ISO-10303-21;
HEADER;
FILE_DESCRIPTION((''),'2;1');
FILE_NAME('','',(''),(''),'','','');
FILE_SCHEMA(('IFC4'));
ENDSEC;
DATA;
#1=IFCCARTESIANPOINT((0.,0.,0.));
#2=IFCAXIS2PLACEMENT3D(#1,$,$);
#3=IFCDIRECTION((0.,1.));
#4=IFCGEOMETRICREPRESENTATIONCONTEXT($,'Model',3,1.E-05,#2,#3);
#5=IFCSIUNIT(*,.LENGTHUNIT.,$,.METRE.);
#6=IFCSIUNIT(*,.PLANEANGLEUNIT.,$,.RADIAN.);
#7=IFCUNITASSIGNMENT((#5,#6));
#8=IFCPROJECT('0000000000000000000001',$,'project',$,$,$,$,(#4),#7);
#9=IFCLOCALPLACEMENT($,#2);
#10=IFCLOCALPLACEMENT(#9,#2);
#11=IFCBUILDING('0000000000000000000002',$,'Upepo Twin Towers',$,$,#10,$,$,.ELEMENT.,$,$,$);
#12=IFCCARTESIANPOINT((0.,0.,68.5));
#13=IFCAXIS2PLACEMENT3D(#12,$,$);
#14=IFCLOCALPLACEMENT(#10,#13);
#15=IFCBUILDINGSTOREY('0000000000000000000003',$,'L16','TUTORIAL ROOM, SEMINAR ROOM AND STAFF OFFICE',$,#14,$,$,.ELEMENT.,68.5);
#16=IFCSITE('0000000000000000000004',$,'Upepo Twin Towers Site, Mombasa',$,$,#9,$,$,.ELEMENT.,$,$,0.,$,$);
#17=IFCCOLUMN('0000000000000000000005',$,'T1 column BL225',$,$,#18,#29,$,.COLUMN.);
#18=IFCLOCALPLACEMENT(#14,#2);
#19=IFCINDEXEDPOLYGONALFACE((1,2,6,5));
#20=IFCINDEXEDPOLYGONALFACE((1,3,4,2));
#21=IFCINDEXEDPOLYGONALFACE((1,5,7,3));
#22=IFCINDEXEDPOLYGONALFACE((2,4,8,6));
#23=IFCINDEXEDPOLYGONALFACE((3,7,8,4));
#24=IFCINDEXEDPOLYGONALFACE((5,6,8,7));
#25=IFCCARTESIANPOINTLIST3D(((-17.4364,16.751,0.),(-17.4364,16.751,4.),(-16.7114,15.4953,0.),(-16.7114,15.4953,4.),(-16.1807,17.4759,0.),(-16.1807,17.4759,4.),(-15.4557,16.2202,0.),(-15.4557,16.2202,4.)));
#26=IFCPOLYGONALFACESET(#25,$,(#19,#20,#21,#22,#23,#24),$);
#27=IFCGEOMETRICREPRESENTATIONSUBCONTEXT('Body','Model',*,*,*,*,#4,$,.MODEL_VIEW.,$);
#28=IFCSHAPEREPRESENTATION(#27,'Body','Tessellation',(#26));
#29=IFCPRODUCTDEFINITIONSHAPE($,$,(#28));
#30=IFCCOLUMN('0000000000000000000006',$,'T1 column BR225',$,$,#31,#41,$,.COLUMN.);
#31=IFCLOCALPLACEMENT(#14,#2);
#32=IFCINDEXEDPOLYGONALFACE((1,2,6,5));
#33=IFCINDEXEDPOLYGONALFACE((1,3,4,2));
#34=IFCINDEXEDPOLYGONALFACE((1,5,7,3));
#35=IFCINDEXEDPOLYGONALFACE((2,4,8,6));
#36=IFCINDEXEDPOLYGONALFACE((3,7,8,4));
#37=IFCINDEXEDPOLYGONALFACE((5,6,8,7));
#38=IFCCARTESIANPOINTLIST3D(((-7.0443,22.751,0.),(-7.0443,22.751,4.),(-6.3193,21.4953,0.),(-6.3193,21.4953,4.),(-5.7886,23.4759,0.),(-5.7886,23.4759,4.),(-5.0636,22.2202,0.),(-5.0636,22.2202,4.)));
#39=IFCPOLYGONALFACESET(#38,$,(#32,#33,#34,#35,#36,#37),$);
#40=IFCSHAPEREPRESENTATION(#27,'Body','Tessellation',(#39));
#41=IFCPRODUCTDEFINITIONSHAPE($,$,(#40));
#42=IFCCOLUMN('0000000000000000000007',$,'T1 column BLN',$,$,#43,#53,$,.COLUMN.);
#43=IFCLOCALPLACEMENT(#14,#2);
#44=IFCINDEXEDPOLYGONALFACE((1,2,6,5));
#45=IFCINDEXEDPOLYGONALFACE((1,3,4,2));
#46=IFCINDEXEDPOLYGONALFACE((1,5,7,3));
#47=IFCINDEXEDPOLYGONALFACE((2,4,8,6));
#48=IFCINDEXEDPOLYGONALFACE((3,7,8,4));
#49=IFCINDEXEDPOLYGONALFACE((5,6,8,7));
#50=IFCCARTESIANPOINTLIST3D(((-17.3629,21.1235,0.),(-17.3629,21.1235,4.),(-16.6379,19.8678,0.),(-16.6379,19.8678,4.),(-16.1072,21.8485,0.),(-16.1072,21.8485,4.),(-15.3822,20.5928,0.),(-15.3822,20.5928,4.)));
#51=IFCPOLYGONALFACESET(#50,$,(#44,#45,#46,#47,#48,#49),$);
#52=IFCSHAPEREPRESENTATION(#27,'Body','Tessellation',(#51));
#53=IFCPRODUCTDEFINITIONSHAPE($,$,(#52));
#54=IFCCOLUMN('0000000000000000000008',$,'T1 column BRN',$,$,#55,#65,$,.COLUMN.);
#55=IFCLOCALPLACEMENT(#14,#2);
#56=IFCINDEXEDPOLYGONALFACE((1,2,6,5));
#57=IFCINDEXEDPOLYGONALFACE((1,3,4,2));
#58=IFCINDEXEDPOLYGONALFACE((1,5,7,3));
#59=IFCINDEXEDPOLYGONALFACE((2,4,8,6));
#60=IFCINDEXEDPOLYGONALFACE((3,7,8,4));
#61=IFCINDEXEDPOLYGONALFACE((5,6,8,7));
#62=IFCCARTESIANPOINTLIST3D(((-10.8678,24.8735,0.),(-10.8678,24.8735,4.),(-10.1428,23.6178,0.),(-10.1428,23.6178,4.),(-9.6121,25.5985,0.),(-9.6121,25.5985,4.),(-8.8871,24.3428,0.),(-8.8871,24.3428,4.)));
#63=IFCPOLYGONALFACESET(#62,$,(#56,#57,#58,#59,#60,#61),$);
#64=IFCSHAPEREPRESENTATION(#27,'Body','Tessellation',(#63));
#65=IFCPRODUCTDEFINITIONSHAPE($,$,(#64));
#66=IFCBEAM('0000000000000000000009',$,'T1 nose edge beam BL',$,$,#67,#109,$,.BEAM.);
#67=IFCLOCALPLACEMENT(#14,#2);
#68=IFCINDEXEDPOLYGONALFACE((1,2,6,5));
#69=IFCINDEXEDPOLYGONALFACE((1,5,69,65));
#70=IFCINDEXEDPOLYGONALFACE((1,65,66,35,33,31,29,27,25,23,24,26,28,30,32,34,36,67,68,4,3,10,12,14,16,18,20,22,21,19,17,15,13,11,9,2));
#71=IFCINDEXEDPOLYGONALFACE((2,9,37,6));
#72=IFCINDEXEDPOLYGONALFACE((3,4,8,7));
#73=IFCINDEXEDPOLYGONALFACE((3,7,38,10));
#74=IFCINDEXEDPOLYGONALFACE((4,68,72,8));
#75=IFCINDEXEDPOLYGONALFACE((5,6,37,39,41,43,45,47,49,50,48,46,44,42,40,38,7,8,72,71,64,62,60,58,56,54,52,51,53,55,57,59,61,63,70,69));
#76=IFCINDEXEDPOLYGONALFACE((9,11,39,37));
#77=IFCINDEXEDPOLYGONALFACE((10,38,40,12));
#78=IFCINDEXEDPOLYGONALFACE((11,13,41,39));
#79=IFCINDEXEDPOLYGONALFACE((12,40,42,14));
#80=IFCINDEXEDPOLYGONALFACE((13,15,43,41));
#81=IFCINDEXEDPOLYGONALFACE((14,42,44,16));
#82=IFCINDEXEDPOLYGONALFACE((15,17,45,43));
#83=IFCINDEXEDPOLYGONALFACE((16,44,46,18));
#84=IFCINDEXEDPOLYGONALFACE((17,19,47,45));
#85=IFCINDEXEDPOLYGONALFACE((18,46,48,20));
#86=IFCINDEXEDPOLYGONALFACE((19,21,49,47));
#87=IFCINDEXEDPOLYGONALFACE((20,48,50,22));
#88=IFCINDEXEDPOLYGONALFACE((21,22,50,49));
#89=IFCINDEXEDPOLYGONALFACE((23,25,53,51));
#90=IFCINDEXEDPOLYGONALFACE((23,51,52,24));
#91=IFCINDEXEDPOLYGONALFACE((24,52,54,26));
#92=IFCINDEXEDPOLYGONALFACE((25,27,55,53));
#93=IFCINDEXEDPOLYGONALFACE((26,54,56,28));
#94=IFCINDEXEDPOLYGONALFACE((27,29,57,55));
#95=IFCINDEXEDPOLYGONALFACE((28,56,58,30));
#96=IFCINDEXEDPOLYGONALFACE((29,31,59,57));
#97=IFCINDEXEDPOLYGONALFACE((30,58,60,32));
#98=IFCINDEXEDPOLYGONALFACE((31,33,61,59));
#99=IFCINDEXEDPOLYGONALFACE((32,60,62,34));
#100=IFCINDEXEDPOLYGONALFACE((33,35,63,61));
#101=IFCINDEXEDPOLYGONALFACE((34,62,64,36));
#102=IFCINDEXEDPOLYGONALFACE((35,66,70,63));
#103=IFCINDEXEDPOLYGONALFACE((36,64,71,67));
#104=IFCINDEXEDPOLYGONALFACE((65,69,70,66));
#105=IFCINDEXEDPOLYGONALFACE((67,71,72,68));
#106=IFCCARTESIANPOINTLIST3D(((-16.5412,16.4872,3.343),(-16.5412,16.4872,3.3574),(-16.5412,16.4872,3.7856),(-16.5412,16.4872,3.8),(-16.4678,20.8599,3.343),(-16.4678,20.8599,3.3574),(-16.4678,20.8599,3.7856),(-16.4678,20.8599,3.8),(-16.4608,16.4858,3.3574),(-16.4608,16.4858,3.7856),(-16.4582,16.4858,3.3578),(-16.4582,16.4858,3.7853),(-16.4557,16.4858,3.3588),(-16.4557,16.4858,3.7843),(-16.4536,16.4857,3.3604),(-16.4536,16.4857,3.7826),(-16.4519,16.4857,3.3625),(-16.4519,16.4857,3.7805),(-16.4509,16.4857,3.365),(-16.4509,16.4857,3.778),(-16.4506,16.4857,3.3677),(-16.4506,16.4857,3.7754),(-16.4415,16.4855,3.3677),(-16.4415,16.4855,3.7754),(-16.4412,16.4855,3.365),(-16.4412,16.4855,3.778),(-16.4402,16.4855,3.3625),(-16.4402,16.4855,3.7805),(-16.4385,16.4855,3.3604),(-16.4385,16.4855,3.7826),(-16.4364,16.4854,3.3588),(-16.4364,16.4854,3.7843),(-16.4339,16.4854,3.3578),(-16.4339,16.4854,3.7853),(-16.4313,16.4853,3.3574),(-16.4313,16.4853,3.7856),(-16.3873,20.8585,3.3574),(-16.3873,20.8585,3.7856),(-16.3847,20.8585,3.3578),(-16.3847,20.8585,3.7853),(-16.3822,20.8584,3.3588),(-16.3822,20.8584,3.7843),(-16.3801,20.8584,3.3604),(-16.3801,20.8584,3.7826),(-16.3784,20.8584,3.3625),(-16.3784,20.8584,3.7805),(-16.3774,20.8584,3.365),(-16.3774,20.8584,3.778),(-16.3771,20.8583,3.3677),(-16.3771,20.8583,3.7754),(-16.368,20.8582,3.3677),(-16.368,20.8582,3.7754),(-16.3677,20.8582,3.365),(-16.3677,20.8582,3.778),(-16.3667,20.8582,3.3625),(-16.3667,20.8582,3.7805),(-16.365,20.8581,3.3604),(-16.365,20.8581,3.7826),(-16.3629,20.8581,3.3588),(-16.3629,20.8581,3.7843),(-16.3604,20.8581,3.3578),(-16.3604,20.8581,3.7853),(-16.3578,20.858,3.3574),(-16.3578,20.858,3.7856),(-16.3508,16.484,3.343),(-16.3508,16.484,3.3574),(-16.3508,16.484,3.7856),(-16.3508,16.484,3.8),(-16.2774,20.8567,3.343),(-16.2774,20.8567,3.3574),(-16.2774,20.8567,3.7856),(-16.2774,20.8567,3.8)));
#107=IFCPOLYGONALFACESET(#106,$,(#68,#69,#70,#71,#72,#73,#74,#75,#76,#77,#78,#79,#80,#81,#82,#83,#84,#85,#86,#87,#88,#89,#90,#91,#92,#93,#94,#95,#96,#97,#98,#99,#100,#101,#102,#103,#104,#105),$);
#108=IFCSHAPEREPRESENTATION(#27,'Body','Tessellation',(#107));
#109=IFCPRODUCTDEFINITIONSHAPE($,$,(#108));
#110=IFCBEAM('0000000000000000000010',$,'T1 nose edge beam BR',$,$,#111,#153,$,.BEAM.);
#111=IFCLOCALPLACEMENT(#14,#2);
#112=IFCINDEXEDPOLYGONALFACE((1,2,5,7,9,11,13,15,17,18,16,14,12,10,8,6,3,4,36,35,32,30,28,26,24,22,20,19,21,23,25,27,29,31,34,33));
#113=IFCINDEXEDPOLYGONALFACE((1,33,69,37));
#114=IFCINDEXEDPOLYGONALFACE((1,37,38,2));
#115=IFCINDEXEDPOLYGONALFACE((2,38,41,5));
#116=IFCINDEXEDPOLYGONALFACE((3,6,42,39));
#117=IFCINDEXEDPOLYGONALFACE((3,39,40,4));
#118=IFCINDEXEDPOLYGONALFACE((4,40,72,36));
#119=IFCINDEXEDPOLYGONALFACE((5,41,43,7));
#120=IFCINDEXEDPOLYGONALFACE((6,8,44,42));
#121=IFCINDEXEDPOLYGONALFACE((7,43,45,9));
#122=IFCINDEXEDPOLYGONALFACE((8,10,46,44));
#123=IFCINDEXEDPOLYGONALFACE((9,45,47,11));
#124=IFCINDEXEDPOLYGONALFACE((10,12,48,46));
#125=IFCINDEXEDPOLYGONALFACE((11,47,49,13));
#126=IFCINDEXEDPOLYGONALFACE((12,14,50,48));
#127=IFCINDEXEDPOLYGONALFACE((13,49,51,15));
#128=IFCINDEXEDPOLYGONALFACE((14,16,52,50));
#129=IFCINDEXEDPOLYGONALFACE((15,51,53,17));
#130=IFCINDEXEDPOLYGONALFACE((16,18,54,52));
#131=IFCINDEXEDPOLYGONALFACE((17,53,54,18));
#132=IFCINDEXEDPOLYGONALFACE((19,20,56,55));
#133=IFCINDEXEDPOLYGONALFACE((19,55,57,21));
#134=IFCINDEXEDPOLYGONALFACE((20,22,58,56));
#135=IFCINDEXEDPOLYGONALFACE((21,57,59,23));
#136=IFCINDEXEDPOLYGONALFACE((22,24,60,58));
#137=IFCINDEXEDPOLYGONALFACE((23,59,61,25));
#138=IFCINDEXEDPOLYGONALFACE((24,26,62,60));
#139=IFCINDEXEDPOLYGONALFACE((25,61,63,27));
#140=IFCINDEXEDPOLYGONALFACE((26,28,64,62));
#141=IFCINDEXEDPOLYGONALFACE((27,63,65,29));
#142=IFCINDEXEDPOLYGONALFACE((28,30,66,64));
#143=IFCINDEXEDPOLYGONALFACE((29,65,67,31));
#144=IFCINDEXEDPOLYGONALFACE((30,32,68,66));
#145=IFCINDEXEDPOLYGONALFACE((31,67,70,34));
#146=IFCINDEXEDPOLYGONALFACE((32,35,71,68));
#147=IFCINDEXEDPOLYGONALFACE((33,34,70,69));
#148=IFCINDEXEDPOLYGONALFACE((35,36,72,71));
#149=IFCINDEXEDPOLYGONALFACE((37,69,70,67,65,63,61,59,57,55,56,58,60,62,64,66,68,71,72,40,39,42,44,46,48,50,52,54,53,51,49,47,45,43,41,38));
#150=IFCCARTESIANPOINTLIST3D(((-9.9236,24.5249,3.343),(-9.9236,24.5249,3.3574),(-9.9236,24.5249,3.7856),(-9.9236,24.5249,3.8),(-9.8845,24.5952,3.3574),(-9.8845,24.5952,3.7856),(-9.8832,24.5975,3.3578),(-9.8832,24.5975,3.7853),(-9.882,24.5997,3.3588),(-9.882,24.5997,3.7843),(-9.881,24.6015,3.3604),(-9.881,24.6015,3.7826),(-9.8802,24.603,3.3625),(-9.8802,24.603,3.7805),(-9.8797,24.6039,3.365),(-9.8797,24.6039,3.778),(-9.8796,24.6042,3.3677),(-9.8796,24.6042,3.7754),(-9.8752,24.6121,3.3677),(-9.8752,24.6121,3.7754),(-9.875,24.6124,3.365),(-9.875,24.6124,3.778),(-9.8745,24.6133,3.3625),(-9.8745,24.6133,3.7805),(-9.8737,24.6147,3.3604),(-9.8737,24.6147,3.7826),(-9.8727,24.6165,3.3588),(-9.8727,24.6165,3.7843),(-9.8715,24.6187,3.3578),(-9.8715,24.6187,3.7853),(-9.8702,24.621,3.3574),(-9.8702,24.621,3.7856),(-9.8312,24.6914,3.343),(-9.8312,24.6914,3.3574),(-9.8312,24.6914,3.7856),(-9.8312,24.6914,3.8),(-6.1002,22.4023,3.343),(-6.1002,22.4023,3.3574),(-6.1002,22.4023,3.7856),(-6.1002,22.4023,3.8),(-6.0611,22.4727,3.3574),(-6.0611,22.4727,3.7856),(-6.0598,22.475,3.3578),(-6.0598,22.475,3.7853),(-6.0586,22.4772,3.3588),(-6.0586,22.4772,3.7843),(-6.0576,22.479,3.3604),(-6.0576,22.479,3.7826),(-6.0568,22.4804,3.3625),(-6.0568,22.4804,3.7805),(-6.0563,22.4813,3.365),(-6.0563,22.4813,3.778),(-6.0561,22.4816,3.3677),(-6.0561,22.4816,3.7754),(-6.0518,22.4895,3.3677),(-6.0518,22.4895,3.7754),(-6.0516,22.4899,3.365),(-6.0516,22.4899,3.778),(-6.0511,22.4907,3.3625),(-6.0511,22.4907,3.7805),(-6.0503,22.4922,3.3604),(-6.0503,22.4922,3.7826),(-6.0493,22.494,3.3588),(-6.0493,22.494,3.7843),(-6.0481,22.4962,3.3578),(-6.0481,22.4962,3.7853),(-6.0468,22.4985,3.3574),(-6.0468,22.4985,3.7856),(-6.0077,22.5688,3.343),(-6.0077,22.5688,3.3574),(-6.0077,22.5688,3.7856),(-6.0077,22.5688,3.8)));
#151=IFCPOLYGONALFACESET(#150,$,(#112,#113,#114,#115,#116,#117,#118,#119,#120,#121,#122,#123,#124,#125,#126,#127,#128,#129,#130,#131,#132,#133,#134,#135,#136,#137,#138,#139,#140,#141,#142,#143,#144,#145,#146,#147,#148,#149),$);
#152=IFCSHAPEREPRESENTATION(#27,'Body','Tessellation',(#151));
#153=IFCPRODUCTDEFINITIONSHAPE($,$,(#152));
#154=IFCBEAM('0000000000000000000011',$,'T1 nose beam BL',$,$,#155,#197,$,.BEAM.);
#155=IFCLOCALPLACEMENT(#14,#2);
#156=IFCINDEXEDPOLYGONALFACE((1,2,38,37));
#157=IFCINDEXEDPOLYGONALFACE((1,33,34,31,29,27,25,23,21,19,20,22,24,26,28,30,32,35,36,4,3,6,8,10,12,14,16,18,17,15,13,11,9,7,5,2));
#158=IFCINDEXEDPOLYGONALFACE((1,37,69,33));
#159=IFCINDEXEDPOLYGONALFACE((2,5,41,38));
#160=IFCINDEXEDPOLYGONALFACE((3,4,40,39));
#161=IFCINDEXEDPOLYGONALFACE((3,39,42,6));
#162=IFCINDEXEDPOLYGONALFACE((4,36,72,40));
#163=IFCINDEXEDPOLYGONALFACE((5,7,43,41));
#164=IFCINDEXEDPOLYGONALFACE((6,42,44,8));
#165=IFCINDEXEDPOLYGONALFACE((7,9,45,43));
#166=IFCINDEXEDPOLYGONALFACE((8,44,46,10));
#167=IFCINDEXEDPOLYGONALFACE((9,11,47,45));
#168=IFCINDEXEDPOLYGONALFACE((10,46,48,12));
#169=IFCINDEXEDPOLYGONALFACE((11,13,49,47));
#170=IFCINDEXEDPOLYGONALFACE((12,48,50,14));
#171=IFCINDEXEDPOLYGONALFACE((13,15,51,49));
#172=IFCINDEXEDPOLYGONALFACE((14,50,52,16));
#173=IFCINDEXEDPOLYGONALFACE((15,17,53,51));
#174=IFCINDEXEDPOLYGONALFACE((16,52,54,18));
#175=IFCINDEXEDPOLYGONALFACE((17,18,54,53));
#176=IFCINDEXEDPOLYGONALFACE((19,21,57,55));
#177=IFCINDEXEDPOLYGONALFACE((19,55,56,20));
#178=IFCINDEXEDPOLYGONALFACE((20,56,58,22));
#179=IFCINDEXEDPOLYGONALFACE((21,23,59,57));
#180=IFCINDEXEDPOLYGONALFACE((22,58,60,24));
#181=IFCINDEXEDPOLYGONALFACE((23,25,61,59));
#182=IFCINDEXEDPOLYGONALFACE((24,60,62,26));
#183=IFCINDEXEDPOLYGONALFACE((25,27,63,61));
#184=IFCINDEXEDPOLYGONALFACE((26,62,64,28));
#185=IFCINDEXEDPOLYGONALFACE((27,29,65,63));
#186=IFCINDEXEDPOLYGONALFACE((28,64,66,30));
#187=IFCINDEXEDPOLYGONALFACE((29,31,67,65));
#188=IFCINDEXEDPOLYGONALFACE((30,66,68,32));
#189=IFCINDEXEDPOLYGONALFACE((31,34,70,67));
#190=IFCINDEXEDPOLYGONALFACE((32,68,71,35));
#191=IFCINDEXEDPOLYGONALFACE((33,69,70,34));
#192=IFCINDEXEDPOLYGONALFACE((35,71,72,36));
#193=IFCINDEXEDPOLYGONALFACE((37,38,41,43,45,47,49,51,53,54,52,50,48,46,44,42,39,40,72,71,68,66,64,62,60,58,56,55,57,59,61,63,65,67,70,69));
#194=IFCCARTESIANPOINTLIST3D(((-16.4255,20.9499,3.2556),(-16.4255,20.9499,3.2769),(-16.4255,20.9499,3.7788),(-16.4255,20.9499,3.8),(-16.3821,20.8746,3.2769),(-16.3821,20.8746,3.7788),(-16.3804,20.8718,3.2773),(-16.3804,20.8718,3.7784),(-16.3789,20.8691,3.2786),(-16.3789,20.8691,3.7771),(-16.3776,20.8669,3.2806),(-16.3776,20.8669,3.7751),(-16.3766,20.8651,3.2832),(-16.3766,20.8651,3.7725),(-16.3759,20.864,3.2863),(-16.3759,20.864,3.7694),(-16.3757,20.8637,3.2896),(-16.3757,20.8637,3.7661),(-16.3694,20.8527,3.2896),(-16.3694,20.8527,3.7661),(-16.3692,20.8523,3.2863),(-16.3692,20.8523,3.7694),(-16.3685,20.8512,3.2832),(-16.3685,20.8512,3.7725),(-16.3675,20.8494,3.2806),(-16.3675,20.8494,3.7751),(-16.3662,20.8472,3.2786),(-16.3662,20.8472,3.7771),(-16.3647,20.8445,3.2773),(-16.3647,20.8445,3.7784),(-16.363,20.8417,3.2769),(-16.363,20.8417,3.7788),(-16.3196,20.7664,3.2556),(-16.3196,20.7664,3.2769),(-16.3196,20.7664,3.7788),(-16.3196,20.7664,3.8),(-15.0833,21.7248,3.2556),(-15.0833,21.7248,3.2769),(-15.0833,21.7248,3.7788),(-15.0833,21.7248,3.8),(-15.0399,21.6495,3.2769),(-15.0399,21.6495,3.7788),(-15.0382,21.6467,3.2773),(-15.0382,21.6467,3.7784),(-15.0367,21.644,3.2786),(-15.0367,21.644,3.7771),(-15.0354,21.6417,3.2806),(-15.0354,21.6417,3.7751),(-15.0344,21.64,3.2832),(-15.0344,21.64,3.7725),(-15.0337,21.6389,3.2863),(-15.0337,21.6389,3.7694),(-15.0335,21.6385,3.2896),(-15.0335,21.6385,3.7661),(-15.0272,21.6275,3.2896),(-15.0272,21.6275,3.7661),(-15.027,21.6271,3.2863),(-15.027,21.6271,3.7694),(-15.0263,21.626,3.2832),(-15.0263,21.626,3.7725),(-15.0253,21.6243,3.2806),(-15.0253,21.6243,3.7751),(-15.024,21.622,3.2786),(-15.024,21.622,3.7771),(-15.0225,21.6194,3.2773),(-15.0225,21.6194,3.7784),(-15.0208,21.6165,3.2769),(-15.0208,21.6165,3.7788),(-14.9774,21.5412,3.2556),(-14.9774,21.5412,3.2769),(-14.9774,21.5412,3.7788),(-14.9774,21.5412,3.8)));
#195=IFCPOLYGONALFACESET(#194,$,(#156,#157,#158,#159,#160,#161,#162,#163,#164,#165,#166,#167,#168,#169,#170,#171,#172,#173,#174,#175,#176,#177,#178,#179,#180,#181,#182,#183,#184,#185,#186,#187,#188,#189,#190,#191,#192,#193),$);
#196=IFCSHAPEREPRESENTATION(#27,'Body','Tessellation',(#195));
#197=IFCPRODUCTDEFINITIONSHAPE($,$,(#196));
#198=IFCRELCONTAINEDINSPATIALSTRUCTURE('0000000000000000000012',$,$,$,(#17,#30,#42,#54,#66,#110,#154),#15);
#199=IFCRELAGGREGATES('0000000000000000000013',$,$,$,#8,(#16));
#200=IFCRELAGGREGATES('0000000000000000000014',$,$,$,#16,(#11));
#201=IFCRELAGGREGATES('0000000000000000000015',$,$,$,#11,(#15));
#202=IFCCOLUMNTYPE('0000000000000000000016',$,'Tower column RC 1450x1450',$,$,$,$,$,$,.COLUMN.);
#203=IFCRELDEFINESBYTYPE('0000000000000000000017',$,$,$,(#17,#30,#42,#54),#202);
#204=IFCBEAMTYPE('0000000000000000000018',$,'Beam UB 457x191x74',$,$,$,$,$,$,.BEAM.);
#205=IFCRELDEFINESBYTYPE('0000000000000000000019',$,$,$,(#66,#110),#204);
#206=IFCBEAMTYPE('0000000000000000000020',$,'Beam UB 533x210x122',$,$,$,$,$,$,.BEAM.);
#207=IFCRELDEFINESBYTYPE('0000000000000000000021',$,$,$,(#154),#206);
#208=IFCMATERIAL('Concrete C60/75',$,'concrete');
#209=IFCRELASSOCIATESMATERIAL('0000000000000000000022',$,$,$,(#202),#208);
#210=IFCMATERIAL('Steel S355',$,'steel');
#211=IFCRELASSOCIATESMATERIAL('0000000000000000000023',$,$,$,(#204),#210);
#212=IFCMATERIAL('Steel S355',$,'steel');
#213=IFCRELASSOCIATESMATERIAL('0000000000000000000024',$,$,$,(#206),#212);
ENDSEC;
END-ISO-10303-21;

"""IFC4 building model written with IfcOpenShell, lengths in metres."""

from ifc_helpers import new_model, si_unit, direction, frame, origin, origin_2d, place, context, subcontext, project, spatial, rectangle, i_section, extrude, material, material_profile, profile_set, type_object, element, save


model = new_model("IFC4")

# Units and contexts
model_context = context("Model", 3, precision=1e-05, world=origin(), true_north=direction((0.0, 1.0)))
body_context = subcontext(model_context, "Body", "Model", "MODEL_VIEW")
ifc_project = project(units=[si_unit("LENGTHUNIT", "METRE"), si_unit("PLANEANGLEUNIT", "RADIAN")], contexts=[model_context])

# Site, building, storey
site_placement = place(None, origin())
site = spatial("IfcSite", under=ifc_project, at=site_placement, Name="Upepo Twin Towers Site, Mombasa", CompositionType="ELEMENT", RefElevation=0.0)
building_placement = place(site_placement, origin())
building = spatial("IfcBuilding", under=site, at=building_placement, Name="Upepo Twin Towers", CompositionType="ELEMENT")
storey_placement = place(building_placement, frame((0.0, 0.0, 68.5)))
storey = spatial("IfcBuildingStorey", under=building, at=storey_placement, Name="L16", Description="TUTORIAL ROOM, SEMINAR ROOM AND STAFF OFFICE", CompositionType="ELEMENT", Elevation=68.5)

# Columns
ifc_material_1 = material(Name="Concrete C60/75", Category="concrete")
ifc_material_profile_1 = material_profile(ifc_material_1, rectangle(XDim=1.45, YDim=1.45, at=origin_2d()), Name="RC 1450x1450")
ifc_profile_set_1 = profile_set([ifc_material_profile_1], Name="Concrete C60/75")
column_type = type_object("IfcColumnType", Name="Tower column RC 1450x1450", PredefinedType="COLUMN", material=ifc_profile_set_1)
for number, where, z_axis, x_axis, name in (
    (1, (-16.446, 16.4856, 0.0), (0.0, 0.0, 1.0), (0.866025, 0.5, 0.0), "T1 column BL225"),
    (2, (-6.054, 22.4856, 0.0), (0.0, 0.0, 1.0), (0.866025, 0.5, 0.0), "T1 column BR225"),
    (3, (-16.3726, 20.8582, 0.0), (0.0, 0.0, 1.0), (0.866025, 0.5, 0.0), "T1 column BLN"),
    (4, (-9.8774, 24.6082, 0.0), (0.0, 0.0, 1.0), (0.866025, 0.5, 0.0), "T1 column BRN"),
):
    element("IfcColumn", number, at=place(storey_placement, frame(where, z_axis=z_axis, x_axis=x_axis)), inside=storey, type_object=column_type, Name=name, PredefinedType="COLUMN", context=body_context, shape_type="SweptSolid", body=[
        extrude(rectangle(XDim=1.45, YDim=1.45, at=origin_2d()), origin(), (0.0, 0.0, 1.0), 4.0),
    ])

# Beams
ifc_material_2 = material(Name="Steel S355", Category="steel")
ifc_material_profile_2 = material_profile(ifc_material_2, i_section(OverallWidth=0.1904, OverallDepth=0.457, WebThickness=0.009, FlangeThickness=0.0144, FilletRadius=0.0103, at=origin_2d()), Name="UB 457x191x74")
ifc_profile_set_2 = profile_set([ifc_material_profile_2], Name="Steel S355")
beam_type_1 = type_object("IfcBeamType", Name="Beam UB 457x191x74", PredefinedType="BEAM", material=ifc_profile_set_2)
beam_1_placement = place(storey_placement, frame((-16.446, 16.4856, 3.5715), z_axis=(0.016804, 0.999859, 0.0), x_axis=(-0.999859, 0.016804, 0.0)))
element("IfcBeam", 5, at=beam_1_placement, inside=storey, type_object=beam_type_1, Name="T1 nose edge beam BL", PredefinedType="BEAM", context=body_context, shape_type="SweptSolid", body=[
    extrude(i_section(OverallWidth=0.1904, OverallDepth=0.457, WebThickness=0.009, FlangeThickness=0.0144, FilletRadius=0.0103, at=origin_2d()), origin(), (0.0, 0.0, 1.0), 4.3733),
])
beam_2_placement = place(storey_placement, frame((-6.054, 22.4856, 3.5715), z_axis=(-0.874313, 0.485363, 0.0), x_axis=(-0.485363, -0.874313, 0.0)))
element("IfcBeam", 6, at=beam_2_placement, inside=storey, type_object=beam_type_1, Name="T1 nose edge beam BR", PredefinedType="BEAM", context=body_context, shape_type="SweptSolid", body=[
    extrude(i_section(OverallWidth=0.1904, OverallDepth=0.457, WebThickness=0.009, FlangeThickness=0.0144, FilletRadius=0.0103, at=origin_2d()), origin(), (0.0, 0.0, 1.0), 4.373),
])
ifc_material_3 = material(Name="Steel S355", Category="steel")
ifc_material_profile_3 = material_profile(ifc_material_3, i_section(OverallWidth=0.2119, OverallDepth=0.5444, WebThickness=0.0127, FlangeThickness=0.0212, FilletRadius=0.0127, at=origin_2d()), Name="UB 533x210x122")
ifc_profile_set_3 = profile_set([ifc_material_profile_3], Name="Steel S355")
beam_type_2 = type_object("IfcBeamType", Name="Beam UB 533x210x122", PredefinedType="BEAM", material=ifc_profile_set_3)
for number, where, z_axis, x_axis, name in (
    (7, (-16.3726, 20.8582, 3.5278), (0.866044, 0.499968, 0.0), (-0.499968, 0.866044, 0.0), "T1 nose beam BL"),
):
    element("IfcBeam", number, at=place(storey_placement, frame(where, z_axis=z_axis, x_axis=x_axis)), inside=storey, type_object=beam_type_2, Name=name, PredefinedType="BEAM", context=body_context, shape_type="SweptSolid", body=[
        extrude(i_section(OverallWidth=0.2119, OverallDepth=0.5444, WebThickness=0.0127, FlangeThickness=0.0212, FilletRadius=0.0127, at=origin_2d()), origin(), (0.0, 0.0, 1.0), 1.5498),
    ])

save(model, "model.ifc")
